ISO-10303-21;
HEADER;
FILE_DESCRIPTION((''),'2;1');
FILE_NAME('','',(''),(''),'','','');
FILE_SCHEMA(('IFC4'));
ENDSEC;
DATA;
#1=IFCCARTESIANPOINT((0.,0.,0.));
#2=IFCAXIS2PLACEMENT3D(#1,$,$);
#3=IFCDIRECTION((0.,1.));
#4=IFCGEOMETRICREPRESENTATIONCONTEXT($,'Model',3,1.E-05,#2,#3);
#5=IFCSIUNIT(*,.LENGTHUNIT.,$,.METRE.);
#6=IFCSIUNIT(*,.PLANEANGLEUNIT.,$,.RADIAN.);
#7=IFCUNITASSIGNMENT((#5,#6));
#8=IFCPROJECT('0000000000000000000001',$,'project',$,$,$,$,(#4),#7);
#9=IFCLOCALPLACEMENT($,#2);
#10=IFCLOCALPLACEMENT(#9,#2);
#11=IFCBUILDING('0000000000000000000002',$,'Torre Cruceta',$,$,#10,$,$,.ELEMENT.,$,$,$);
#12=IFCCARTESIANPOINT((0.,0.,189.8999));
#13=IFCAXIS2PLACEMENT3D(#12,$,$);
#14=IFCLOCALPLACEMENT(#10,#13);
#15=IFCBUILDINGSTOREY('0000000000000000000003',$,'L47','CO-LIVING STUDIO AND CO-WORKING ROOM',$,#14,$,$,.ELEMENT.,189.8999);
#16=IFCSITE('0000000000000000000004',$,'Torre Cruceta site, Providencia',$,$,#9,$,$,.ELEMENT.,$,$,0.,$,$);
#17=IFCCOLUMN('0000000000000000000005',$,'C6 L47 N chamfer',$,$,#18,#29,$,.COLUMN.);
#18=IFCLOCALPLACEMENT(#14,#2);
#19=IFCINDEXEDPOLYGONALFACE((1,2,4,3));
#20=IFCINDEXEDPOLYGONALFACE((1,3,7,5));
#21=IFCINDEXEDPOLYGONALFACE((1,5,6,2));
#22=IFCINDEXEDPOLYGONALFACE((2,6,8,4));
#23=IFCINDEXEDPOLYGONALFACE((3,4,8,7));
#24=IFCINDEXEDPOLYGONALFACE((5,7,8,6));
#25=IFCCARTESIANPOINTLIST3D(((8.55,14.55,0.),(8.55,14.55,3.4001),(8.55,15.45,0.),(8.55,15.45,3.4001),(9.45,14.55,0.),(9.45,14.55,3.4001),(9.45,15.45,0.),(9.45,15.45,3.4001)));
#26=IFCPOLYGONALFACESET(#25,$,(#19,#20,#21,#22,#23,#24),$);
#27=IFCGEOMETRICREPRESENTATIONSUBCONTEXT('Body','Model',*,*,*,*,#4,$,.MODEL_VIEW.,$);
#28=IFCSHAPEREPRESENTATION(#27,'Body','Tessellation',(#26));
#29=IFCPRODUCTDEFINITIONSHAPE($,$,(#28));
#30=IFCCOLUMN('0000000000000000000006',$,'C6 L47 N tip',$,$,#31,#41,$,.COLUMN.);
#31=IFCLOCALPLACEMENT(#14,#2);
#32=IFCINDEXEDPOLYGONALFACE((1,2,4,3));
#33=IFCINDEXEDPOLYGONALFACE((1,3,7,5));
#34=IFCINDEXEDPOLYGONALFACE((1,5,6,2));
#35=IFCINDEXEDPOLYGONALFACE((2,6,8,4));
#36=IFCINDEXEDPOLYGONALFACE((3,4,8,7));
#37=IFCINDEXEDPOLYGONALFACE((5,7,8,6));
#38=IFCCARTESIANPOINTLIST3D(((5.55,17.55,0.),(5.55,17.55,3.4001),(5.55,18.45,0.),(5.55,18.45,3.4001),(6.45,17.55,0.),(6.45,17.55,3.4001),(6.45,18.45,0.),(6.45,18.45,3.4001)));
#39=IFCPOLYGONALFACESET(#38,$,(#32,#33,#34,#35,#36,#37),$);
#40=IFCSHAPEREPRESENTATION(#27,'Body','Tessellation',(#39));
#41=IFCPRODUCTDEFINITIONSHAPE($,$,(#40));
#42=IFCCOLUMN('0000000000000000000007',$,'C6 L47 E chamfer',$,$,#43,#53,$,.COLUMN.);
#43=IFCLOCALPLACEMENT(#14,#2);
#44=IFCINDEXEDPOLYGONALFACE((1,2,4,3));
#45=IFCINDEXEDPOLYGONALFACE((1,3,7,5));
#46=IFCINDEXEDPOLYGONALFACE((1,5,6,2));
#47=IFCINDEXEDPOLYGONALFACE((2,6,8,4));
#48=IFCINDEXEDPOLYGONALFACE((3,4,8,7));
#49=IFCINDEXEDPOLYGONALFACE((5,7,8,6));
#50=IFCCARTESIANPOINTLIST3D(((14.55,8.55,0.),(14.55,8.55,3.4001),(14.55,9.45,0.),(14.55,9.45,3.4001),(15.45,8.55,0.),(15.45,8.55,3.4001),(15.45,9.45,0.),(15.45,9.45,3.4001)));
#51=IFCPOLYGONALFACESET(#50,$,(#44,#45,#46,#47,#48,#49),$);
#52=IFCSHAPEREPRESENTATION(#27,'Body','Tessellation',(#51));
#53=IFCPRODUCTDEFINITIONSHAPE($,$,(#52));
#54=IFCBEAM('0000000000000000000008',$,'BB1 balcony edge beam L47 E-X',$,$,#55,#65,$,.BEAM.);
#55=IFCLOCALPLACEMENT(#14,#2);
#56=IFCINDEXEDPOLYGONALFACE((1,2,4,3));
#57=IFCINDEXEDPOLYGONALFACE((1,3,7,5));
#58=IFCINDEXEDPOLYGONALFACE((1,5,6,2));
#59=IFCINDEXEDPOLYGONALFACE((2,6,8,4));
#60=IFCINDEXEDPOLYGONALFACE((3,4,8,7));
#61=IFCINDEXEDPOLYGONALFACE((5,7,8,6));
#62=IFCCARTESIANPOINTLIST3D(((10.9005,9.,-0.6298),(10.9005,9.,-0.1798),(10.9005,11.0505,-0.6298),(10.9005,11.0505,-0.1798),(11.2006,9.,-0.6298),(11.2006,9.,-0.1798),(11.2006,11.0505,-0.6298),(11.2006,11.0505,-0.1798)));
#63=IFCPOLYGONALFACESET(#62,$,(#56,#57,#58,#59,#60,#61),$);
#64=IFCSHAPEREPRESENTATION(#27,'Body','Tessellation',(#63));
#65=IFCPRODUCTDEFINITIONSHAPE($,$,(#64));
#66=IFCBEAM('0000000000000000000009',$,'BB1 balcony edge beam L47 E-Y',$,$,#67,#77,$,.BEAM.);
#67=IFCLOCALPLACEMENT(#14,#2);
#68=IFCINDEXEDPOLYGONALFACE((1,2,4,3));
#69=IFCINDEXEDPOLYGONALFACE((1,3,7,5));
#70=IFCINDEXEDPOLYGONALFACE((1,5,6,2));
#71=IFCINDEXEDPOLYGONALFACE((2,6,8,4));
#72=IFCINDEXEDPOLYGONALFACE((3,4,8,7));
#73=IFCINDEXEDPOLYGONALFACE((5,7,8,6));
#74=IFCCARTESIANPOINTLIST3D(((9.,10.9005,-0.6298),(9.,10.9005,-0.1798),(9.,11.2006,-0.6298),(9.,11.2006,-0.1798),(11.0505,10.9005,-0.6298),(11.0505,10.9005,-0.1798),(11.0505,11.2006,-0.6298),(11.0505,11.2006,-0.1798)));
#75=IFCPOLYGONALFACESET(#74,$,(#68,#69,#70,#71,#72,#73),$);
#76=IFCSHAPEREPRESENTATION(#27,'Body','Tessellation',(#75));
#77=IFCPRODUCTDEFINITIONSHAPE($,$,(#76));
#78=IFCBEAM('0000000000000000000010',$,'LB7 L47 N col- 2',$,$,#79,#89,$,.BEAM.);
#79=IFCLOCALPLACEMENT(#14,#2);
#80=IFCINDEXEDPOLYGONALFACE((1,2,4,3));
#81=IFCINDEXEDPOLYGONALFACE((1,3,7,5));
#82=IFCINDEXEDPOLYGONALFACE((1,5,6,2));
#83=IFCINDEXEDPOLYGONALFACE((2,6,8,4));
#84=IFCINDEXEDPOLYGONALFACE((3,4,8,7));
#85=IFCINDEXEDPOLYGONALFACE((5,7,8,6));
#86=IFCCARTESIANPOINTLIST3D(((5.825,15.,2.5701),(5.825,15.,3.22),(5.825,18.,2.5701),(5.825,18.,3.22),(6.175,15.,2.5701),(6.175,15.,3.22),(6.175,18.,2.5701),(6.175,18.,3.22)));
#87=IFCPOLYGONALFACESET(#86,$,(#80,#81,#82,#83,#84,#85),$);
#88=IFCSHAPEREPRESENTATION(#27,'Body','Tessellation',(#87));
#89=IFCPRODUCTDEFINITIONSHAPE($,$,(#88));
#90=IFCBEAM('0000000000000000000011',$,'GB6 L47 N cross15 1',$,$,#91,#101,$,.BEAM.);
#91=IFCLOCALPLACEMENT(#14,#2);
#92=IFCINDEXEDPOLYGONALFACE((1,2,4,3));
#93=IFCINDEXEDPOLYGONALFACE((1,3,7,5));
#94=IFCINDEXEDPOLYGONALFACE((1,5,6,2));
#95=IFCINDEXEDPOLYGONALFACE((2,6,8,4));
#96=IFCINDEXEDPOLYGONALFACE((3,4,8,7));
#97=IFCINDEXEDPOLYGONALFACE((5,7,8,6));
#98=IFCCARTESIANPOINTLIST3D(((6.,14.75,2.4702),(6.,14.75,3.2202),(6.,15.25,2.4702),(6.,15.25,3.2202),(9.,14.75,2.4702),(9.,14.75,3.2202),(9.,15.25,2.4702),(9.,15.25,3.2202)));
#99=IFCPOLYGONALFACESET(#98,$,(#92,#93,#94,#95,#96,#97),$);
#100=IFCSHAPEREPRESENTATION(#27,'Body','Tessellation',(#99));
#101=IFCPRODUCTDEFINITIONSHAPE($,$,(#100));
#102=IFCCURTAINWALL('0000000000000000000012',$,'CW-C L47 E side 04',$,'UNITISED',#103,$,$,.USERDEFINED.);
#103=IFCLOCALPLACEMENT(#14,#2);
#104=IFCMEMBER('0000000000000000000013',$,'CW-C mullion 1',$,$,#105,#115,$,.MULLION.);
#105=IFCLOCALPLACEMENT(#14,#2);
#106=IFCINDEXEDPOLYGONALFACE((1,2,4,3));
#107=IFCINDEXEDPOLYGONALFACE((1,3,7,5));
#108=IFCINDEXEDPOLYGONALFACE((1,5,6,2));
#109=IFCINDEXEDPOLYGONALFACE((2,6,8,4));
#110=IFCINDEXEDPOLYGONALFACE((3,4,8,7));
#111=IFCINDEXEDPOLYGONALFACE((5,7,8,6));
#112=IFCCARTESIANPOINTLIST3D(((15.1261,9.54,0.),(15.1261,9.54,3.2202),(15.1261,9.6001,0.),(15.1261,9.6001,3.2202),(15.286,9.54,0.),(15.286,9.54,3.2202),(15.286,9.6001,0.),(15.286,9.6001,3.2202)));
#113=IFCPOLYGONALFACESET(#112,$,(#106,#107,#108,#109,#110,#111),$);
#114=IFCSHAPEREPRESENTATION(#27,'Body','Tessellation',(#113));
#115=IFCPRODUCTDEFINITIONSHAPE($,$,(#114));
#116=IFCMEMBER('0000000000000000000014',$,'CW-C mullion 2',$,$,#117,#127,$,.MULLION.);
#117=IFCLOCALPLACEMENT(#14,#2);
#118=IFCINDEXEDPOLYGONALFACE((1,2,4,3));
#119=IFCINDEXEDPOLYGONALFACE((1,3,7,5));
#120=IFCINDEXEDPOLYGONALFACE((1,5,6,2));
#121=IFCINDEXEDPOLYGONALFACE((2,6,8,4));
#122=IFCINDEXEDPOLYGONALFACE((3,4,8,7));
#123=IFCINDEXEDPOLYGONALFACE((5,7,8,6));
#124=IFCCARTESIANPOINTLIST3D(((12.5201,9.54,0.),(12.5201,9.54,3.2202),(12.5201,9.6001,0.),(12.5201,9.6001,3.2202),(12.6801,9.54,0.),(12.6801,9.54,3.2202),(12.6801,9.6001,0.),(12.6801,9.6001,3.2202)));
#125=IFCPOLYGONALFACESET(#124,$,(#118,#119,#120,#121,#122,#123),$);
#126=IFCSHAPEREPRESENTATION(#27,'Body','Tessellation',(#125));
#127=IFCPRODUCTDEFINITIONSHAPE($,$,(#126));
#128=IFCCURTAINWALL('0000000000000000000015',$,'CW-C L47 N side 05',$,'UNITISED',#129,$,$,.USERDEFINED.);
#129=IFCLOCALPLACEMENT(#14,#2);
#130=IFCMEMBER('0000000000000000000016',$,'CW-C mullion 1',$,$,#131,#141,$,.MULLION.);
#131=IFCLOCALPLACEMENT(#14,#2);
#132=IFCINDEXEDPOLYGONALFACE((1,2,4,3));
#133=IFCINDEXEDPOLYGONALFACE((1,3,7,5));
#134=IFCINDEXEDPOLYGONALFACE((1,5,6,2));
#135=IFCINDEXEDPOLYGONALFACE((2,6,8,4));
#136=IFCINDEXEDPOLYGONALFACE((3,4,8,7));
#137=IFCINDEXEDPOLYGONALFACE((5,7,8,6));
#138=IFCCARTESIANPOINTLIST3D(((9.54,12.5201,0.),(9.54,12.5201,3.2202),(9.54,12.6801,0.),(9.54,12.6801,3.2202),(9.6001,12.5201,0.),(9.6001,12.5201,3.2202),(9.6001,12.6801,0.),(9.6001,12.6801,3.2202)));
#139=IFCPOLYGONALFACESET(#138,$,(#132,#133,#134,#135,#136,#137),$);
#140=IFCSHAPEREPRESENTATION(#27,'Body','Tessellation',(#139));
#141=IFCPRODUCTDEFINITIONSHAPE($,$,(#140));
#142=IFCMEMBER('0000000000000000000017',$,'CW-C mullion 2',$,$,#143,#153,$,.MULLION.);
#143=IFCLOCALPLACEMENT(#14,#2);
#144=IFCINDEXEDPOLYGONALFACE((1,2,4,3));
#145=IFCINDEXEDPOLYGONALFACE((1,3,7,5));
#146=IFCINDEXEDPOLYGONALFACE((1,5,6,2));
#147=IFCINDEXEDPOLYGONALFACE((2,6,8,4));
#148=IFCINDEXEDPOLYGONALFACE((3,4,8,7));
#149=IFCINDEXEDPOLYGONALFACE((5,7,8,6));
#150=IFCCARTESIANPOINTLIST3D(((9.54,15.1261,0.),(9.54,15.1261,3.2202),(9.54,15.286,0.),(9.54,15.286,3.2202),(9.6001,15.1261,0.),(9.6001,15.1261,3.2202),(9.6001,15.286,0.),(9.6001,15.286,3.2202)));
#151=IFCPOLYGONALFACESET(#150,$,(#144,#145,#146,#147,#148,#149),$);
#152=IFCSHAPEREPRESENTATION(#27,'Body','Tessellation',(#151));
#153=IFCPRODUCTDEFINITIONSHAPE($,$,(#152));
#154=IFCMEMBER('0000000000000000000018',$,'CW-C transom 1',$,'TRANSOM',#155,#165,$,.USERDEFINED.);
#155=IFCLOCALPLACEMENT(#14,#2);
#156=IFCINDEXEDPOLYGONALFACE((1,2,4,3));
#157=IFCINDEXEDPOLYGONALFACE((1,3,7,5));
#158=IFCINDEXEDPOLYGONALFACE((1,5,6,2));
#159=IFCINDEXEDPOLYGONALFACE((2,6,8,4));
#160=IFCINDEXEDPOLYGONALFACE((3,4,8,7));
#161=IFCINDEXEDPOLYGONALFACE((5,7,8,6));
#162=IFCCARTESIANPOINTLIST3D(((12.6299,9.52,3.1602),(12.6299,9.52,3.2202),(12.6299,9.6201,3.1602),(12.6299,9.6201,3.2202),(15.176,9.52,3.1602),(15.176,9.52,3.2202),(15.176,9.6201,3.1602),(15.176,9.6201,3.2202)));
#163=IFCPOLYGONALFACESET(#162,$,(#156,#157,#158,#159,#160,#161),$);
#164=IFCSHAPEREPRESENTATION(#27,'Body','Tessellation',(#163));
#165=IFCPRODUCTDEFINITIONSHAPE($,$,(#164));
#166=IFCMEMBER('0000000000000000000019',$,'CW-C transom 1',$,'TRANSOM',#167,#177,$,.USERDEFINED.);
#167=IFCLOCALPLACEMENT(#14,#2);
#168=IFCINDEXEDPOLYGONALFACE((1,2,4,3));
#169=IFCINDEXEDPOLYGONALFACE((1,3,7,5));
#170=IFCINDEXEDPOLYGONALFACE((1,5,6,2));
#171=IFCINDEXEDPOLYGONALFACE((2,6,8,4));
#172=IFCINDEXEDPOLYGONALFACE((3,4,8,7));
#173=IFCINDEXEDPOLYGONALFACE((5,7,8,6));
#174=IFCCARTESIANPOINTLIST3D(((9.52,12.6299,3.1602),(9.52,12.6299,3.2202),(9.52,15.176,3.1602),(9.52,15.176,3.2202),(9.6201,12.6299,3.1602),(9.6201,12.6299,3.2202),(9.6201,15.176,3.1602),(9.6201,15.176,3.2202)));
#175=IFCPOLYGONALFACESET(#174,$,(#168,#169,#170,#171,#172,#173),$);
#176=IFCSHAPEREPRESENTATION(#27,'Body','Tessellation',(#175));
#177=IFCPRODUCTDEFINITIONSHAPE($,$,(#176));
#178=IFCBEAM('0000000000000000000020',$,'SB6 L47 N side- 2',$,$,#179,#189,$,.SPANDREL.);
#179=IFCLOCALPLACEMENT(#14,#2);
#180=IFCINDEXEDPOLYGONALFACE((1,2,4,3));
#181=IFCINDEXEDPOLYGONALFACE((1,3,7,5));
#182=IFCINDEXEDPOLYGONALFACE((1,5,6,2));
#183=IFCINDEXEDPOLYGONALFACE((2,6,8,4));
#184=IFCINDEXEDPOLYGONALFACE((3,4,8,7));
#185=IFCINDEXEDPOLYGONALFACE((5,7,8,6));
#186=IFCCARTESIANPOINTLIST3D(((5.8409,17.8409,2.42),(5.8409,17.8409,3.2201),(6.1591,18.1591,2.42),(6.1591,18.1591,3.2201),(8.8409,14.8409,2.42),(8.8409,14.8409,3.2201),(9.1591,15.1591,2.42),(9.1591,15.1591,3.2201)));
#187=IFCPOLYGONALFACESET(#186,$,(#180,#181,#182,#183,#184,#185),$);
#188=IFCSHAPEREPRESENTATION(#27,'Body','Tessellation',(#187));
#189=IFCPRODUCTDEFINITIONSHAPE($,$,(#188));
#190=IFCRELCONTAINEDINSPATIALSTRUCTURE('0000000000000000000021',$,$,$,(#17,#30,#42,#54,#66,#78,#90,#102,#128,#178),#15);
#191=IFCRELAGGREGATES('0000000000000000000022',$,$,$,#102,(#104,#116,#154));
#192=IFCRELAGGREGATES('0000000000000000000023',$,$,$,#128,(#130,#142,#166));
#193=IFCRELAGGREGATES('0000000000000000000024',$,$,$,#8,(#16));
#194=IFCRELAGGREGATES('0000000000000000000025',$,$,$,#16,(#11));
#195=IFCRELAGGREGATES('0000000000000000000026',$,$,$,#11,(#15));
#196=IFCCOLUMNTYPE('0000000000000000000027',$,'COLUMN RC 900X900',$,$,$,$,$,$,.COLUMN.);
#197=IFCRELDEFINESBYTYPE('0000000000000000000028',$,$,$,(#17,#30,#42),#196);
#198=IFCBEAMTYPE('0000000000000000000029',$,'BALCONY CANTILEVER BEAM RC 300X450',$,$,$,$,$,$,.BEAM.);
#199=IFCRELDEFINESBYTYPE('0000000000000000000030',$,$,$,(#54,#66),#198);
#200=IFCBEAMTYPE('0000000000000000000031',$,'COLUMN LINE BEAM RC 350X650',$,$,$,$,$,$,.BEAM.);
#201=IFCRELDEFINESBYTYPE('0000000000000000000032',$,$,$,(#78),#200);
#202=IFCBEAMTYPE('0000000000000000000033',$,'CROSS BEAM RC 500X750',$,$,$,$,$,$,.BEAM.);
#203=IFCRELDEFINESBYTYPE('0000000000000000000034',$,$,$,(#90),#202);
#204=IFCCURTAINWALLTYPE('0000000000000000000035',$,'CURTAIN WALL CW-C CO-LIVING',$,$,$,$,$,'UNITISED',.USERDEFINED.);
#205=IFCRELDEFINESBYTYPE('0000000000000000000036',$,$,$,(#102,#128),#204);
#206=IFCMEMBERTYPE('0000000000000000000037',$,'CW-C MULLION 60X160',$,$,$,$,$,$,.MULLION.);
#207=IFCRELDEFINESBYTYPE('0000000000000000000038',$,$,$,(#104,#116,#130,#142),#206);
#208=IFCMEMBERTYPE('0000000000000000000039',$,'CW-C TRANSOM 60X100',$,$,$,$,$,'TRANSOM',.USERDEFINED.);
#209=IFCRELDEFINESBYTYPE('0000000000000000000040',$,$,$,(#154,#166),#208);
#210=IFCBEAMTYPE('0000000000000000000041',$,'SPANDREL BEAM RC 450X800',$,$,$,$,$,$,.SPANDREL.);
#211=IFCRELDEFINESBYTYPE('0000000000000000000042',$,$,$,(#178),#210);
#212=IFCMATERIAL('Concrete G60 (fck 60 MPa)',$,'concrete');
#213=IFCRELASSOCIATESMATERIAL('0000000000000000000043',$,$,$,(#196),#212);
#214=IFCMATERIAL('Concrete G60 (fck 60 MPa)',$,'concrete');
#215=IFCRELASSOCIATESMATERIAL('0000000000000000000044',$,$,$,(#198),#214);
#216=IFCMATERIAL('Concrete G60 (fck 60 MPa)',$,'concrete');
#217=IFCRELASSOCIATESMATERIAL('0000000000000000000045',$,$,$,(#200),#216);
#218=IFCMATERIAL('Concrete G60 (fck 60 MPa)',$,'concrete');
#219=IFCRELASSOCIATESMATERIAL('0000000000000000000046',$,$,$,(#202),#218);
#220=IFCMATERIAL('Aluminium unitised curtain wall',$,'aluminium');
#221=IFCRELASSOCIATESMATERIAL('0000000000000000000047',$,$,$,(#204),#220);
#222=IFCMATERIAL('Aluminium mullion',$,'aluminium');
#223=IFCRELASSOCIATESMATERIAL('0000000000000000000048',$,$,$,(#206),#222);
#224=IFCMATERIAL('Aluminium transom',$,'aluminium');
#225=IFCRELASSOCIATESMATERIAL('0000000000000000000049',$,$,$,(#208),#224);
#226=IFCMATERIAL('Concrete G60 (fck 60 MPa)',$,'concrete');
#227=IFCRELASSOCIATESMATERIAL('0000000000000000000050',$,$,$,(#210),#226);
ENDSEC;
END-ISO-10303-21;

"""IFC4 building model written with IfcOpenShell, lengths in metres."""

from ifc_helpers import new_model, si_unit, direction, frame, origin, origin_2d, place, context, subcontext, project, spatial, rectangle, extrude, material, material_profile, profile_set, type_object, element, aggregate, save


model = new_model("IFC4")

# Units and contexts
model_context = context("Model", 3, precision=1e-05, world=origin(), true_north=direction((0.0, 1.0)))
body_context = subcontext(model_context, "Body", "Model", "MODEL_VIEW")
ifc_project = project(units=[si_unit("LENGTHUNIT", "METRE"), si_unit("PLANEANGLEUNIT", "RADIAN")], contexts=[model_context])

# Site, building, storey
site_placement = place(None, origin())
site = spatial("IfcSite", under=ifc_project, at=site_placement, Name="Torre Cruceta site, Providencia", CompositionType="ELEMENT", RefElevation=0.0)
building_placement = place(site_placement, origin())
building = spatial("IfcBuilding", under=site, at=building_placement, Name="Torre Cruceta", CompositionType="ELEMENT")
storey_placement = place(building_placement, frame((0.0, 0.0, 189.8999)))
storey = spatial("IfcBuildingStorey", under=building, at=storey_placement, Name="L47", Description="CO-LIVING STUDIO AND CO-WORKING ROOM", CompositionType="ELEMENT", Elevation=189.8999)

# Columns
ifc_material_1 = material(Name="Concrete G60 (fck 60 MPa)", Category="concrete")
ifc_material_profile_1 = material_profile(ifc_material_1, rectangle(XDim=0.8999, YDim=0.8999, at=origin_2d()), Name="RC 900X900")
ifc_profile_set_1 = profile_set([ifc_material_profile_1], Name="Concrete G60 (fck 60 MPa)")
column_type = type_object("IfcColumnType", Name="COLUMN RC 900X900", PredefinedType="COLUMN", material=ifc_profile_set_1)
for number, where, z_axis, x_axis, name in (
    (1, (9.0, 15.0, 0.0), (0.0, 0.0, 1.0), (1.0, 0.0, 0.0), "C6 L47 N chamfer"),
    (2, (6.0, 18.0, 0.0), (0.0, 0.0, 1.0), (1.0, 0.0, 0.0), "C6 L47 N tip"),
    (3, (15.0, 9.0, 0.0), (0.0, 0.0, 1.0), (1.0, 0.0, 0.0), "C6 L47 E chamfer"),
):
    element("IfcColumn", number, at=place(storey_placement, frame(where, z_axis=z_axis, x_axis=x_axis)), inside=storey, type_object=column_type, Name=name, PredefinedType="COLUMN", context=body_context, shape_type="SweptSolid", body=[
        extrude(rectangle(XDim=0.8999, YDim=0.8999, at=origin_2d()), origin(), (0.0, 0.0, 1.0), 3.4001),
    ])

# Beams
ifc_material_2 = material(Name="Concrete G60 (fck 60 MPa)", Category="concrete")
ifc_material_profile_2 = material_profile(ifc_material_2, rectangle(XDim=0.3, YDim=0.45, at=origin_2d()), Name="RC 300X450")
ifc_profile_set_2 = profile_set([ifc_material_profile_2], Name="Concrete G60 (fck 60 MPa)")
beam_type_1 = type_object("IfcBeamType", Name="BALCONY CANTILEVER BEAM RC 300X450", PredefinedType="BEAM", material=ifc_profile_set_2)
for number, where, z_axis, x_axis, name in (
    (4, (11.0505, 9.0, -0.4048), (0.0, 1.0, 0.0), (-1.0, 0.0, 0.0), "BB1 balcony edge beam L47 E-X"),
    (5, (9.0, 11.0505, -0.4048), (1.0, 0.0, 0.0), (0.0, 1.0, 0.0), "BB1 balcony edge beam L47 E-Y"),
):
    element("IfcBeam", number, at=place(storey_placement, frame(where, z_axis=z_axis, x_axis=x_axis)), inside=storey, type_object=beam_type_1, Name=name, PredefinedType="BEAM", context=body_context, shape_type="SweptSolid", body=[
        extrude(rectangle(XDim=0.3, YDim=0.45, at=origin_2d()), origin(), (0.0, 0.0, 1.0), 2.0505),
    ])
ifc_material_3 = material(Name="Concrete G60 (fck 60 MPa)", Category="concrete")
ifc_material_profile_3 = material_profile(ifc_material_3, rectangle(XDim=0.3501, YDim=0.6499, at=origin_2d()), Name="RC 350X650")
ifc_profile_set_3 = profile_set([ifc_material_profile_3], Name="Concrete G60 (fck 60 MPa)")
beam_type_2 = type_object("IfcBeamType", Name="COLUMN LINE BEAM RC 350X650", PredefinedType="BEAM", material=ifc_profile_set_3)
beam_1_placement = place(storey_placement, frame((6.0, 15.0, 2.895), z_axis=(0.0, 1.0, 0.0), x_axis=(-1.0, 0.0, 0.0)))
element("IfcBeam", 6, at=beam_1_placement, inside=storey, type_object=beam_type_2, Name="LB7 L47 N col- 2", PredefinedType="BEAM", context=body_context, shape_type="SweptSolid", body=[
    extrude(rectangle(XDim=0.3501, YDim=0.6499, at=origin_2d()), origin(), (0.0, 0.0, 1.0), 3.0),
])
ifc_material_4 = material(Name="Concrete G60 (fck 60 MPa)", Category="concrete")
ifc_material_profile_4 = material_profile(ifc_material_4, rectangle(XDim=0.5, YDim=0.75, at=origin_2d()), Name="RC 500X750")
ifc_profile_set_4 = profile_set([ifc_material_profile_4], Name="Concrete G60 (fck 60 MPa)")
beam_type_3 = type_object("IfcBeamType", Name="CROSS BEAM RC 500X750", PredefinedType="BEAM", material=ifc_profile_set_4)
beam_2_placement = place(storey_placement, frame((9.0, 15.0, 2.8452), z_axis=(-1.0, 0.0, 0.0), x_axis=(0.0, -1.0, 0.0)))
element("IfcBeam", 7, at=beam_2_placement, inside=storey, type_object=beam_type_3, Name="GB6 L47 N cross15 1", PredefinedType="BEAM", context=body_context, shape_type="SweptSolid", body=[
    extrude(rectangle(XDim=0.5, YDim=0.75, at=origin_2d()), origin(), (0.0, 0.0, 1.0), 3.0),
])

# Curtain walls, members
ifc_material_5 = material(Name="Aluminium unitised curtain wall", Category="aluminium")
curtain_wall_type = type_object("IfcCurtainWallType", Name="CURTAIN WALL CW-C CO-LIVING", ElementType="UNITISED", PredefinedType="USERDEFINED", material=ifc_material_5)
curtain_wall_1_placement = place(storey_placement, origin())
curtain_wall_1 = element("IfcCurtainWall", 8, at=curtain_wall_1_placement, inside=storey, type_object=curtain_wall_type, Name="CW-C L47 E side 04", ObjectType="UNITISED", PredefinedType="USERDEFINED")
ifc_material_6 = material(Name="Aluminium mullion", Category="aluminium")
ifc_material_profile_5 = material_profile(ifc_material_6, rectangle(XDim=0.0601, YDim=0.1599, at=origin_2d()), Name="AL 60X160")
ifc_profile_set_5 = profile_set([ifc_material_profile_5], Name="Aluminium mullion")
member_type_1 = type_object("IfcMemberType", Name="CW-C MULLION 60X160", PredefinedType="MULLION", material=ifc_profile_set_5)
member_1_placement = place(storey_placement, frame((15.2061, 9.5701, 0.0), z_axis=(0.0, 0.0, 1.0), x_axis=(0.0, -1.0, 0.0)))
member_1 = element("IfcMember", 9, at=member_1_placement, type_object=member_type_1, Name="CW-C mullion 1", PredefinedType="MULLION", context=body_context, shape_type="SweptSolid", body=[
    extrude(rectangle(XDim=0.0601, YDim=0.1599, at=origin_2d()), origin(), (0.0, 0.0, 1.0), 3.2202),
])
member_2_placement = place(storey_placement, frame((12.6001, 9.5701, 0.0), z_axis=(0.0, 0.0, 1.0), x_axis=(0.0, -1.0, 0.0)))
member_2 = element("IfcMember", 10, at=member_2_placement, type_object=member_type_1, Name="CW-C mullion 2", PredefinedType="MULLION", context=body_context, shape_type="SweptSolid", body=[
    extrude(rectangle(XDim=0.0601, YDim=0.1599, at=origin_2d()), origin(), (0.0, 0.0, 1.0), 3.2202),
])
curtain_wall_2_placement = place(storey_placement, origin())
curtain_wall_2 = element("IfcCurtainWall", 11, at=curtain_wall_2_placement, inside=storey, type_object=curtain_wall_type, Name="CW-C L47 N side 05", ObjectType="UNITISED", PredefinedType="USERDEFINED")
member_3_placement = place(storey_placement, frame((9.5701, 12.6001, 0.0), z_axis=(0.0, 0.0, 1.0), x_axis=(-1.0, 0.0, 0.0)))
member_3 = element("IfcMember", 12, at=member_3_placement, type_object=member_type_1, Name="CW-C mullion 1", PredefinedType="MULLION", context=body_context, shape_type="SweptSolid", body=[
    extrude(rectangle(XDim=0.0601, YDim=0.1599, at=origin_2d()), origin(), (0.0, 0.0, 1.0), 3.2202),
])
member_4_placement = place(storey_placement, frame((9.5701, 15.2061, 0.0), z_axis=(0.0, 0.0, 1.0), x_axis=(-1.0, 0.0, 0.0)))
member_4 = element("IfcMember", 13, at=member_4_placement, type_object=member_type_1, Name="CW-C mullion 2", PredefinedType="MULLION", context=body_context, shape_type="SweptSolid", body=[
    extrude(rectangle(XDim=0.0601, YDim=0.1599, at=origin_2d()), origin(), (0.0, 0.0, 1.0), 3.2202),
])

# Members
ifc_material_7 = material(Name="Aluminium transom", Category="aluminium")
ifc_material_profile_6 = material_profile(ifc_material_7, rectangle(XDim=0.1001, YDim=0.0601, at=origin_2d()), Name="AL 100X60")
ifc_profile_set_6 = profile_set([ifc_material_profile_6], Name="Aluminium transom")
member_type_2 = type_object("IfcMemberType", Name="CW-C TRANSOM 60X100", ElementType="TRANSOM", PredefinedType="USERDEFINED", material=ifc_profile_set_6)
member_5_placement = place(storey_placement, frame((15.176, 9.5701, 3.1902), z_axis=(-1.0, 0.0, 0.0), x_axis=(0.0, -1.0, 0.0)))
member_5 = element("IfcMember", 14, at=member_5_placement, type_object=member_type_2, Name="CW-C transom 1", ObjectType="TRANSOM", PredefinedType="USERDEFINED", context=body_context, shape_type="SweptSolid", body=[
    extrude(rectangle(XDim=0.1001, YDim=0.0601, at=origin_2d()), origin(), (0.0, 0.0, 1.0), 2.5461),
])
member_6_placement = place(storey_placement, frame((9.5701, 12.6299, 3.1902), z_axis=(0.0, 1.0, 0.0), x_axis=(-1.0, 0.0, 0.0)))
member_6 = element("IfcMember", 15, at=member_6_placement, type_object=member_type_2, Name="CW-C transom 1", ObjectType="TRANSOM", PredefinedType="USERDEFINED", context=body_context, shape_type="SweptSolid", body=[
    extrude(rectangle(XDim=0.1001, YDim=0.0601, at=origin_2d()), origin(), (0.0, 0.0, 1.0), 2.5461),
])

# Beam
ifc_material_8 = material(Name="Concrete G60 (fck 60 MPa)", Category="concrete")
ifc_material_profile_7 = material_profile(ifc_material_8, rectangle(XDim=0.45, YDim=0.8, at=origin_2d()), Name="RC 450X800")
ifc_profile_set_7 = profile_set([ifc_material_profile_7], Name="Concrete G60 (fck 60 MPa)")
beam_type_4 = type_object("IfcBeamType", Name="SPANDREL BEAM RC 450X800", PredefinedType="SPANDREL", material=ifc_profile_set_7)
for number, where, z_axis, x_axis, name in (
    (16, (9.0, 15.0, 2.8201), (-0.707107, 0.707107, 0.0), (-0.707107, -0.707107, 0.0), "SB6 L47 N side- 2"),
):
    element("IfcBeam", number, at=place(storey_placement, frame(where, z_axis=z_axis, x_axis=x_axis)), inside=storey, type_object=beam_type_4, Name=name, PredefinedType="SPANDREL", context=body_context, shape_type="SweptSolid", body=[
        extrude(rectangle(XDim=0.45, YDim=0.8, at=origin_2d()), origin(), (0.0, 0.0, 1.0), 4.2427),
    ])

aggregate(curtain_wall_1, [member_1, member_2, member_5])
aggregate(curtain_wall_2, [member_3, member_4, member_6])

save(model, "model.ifc")
